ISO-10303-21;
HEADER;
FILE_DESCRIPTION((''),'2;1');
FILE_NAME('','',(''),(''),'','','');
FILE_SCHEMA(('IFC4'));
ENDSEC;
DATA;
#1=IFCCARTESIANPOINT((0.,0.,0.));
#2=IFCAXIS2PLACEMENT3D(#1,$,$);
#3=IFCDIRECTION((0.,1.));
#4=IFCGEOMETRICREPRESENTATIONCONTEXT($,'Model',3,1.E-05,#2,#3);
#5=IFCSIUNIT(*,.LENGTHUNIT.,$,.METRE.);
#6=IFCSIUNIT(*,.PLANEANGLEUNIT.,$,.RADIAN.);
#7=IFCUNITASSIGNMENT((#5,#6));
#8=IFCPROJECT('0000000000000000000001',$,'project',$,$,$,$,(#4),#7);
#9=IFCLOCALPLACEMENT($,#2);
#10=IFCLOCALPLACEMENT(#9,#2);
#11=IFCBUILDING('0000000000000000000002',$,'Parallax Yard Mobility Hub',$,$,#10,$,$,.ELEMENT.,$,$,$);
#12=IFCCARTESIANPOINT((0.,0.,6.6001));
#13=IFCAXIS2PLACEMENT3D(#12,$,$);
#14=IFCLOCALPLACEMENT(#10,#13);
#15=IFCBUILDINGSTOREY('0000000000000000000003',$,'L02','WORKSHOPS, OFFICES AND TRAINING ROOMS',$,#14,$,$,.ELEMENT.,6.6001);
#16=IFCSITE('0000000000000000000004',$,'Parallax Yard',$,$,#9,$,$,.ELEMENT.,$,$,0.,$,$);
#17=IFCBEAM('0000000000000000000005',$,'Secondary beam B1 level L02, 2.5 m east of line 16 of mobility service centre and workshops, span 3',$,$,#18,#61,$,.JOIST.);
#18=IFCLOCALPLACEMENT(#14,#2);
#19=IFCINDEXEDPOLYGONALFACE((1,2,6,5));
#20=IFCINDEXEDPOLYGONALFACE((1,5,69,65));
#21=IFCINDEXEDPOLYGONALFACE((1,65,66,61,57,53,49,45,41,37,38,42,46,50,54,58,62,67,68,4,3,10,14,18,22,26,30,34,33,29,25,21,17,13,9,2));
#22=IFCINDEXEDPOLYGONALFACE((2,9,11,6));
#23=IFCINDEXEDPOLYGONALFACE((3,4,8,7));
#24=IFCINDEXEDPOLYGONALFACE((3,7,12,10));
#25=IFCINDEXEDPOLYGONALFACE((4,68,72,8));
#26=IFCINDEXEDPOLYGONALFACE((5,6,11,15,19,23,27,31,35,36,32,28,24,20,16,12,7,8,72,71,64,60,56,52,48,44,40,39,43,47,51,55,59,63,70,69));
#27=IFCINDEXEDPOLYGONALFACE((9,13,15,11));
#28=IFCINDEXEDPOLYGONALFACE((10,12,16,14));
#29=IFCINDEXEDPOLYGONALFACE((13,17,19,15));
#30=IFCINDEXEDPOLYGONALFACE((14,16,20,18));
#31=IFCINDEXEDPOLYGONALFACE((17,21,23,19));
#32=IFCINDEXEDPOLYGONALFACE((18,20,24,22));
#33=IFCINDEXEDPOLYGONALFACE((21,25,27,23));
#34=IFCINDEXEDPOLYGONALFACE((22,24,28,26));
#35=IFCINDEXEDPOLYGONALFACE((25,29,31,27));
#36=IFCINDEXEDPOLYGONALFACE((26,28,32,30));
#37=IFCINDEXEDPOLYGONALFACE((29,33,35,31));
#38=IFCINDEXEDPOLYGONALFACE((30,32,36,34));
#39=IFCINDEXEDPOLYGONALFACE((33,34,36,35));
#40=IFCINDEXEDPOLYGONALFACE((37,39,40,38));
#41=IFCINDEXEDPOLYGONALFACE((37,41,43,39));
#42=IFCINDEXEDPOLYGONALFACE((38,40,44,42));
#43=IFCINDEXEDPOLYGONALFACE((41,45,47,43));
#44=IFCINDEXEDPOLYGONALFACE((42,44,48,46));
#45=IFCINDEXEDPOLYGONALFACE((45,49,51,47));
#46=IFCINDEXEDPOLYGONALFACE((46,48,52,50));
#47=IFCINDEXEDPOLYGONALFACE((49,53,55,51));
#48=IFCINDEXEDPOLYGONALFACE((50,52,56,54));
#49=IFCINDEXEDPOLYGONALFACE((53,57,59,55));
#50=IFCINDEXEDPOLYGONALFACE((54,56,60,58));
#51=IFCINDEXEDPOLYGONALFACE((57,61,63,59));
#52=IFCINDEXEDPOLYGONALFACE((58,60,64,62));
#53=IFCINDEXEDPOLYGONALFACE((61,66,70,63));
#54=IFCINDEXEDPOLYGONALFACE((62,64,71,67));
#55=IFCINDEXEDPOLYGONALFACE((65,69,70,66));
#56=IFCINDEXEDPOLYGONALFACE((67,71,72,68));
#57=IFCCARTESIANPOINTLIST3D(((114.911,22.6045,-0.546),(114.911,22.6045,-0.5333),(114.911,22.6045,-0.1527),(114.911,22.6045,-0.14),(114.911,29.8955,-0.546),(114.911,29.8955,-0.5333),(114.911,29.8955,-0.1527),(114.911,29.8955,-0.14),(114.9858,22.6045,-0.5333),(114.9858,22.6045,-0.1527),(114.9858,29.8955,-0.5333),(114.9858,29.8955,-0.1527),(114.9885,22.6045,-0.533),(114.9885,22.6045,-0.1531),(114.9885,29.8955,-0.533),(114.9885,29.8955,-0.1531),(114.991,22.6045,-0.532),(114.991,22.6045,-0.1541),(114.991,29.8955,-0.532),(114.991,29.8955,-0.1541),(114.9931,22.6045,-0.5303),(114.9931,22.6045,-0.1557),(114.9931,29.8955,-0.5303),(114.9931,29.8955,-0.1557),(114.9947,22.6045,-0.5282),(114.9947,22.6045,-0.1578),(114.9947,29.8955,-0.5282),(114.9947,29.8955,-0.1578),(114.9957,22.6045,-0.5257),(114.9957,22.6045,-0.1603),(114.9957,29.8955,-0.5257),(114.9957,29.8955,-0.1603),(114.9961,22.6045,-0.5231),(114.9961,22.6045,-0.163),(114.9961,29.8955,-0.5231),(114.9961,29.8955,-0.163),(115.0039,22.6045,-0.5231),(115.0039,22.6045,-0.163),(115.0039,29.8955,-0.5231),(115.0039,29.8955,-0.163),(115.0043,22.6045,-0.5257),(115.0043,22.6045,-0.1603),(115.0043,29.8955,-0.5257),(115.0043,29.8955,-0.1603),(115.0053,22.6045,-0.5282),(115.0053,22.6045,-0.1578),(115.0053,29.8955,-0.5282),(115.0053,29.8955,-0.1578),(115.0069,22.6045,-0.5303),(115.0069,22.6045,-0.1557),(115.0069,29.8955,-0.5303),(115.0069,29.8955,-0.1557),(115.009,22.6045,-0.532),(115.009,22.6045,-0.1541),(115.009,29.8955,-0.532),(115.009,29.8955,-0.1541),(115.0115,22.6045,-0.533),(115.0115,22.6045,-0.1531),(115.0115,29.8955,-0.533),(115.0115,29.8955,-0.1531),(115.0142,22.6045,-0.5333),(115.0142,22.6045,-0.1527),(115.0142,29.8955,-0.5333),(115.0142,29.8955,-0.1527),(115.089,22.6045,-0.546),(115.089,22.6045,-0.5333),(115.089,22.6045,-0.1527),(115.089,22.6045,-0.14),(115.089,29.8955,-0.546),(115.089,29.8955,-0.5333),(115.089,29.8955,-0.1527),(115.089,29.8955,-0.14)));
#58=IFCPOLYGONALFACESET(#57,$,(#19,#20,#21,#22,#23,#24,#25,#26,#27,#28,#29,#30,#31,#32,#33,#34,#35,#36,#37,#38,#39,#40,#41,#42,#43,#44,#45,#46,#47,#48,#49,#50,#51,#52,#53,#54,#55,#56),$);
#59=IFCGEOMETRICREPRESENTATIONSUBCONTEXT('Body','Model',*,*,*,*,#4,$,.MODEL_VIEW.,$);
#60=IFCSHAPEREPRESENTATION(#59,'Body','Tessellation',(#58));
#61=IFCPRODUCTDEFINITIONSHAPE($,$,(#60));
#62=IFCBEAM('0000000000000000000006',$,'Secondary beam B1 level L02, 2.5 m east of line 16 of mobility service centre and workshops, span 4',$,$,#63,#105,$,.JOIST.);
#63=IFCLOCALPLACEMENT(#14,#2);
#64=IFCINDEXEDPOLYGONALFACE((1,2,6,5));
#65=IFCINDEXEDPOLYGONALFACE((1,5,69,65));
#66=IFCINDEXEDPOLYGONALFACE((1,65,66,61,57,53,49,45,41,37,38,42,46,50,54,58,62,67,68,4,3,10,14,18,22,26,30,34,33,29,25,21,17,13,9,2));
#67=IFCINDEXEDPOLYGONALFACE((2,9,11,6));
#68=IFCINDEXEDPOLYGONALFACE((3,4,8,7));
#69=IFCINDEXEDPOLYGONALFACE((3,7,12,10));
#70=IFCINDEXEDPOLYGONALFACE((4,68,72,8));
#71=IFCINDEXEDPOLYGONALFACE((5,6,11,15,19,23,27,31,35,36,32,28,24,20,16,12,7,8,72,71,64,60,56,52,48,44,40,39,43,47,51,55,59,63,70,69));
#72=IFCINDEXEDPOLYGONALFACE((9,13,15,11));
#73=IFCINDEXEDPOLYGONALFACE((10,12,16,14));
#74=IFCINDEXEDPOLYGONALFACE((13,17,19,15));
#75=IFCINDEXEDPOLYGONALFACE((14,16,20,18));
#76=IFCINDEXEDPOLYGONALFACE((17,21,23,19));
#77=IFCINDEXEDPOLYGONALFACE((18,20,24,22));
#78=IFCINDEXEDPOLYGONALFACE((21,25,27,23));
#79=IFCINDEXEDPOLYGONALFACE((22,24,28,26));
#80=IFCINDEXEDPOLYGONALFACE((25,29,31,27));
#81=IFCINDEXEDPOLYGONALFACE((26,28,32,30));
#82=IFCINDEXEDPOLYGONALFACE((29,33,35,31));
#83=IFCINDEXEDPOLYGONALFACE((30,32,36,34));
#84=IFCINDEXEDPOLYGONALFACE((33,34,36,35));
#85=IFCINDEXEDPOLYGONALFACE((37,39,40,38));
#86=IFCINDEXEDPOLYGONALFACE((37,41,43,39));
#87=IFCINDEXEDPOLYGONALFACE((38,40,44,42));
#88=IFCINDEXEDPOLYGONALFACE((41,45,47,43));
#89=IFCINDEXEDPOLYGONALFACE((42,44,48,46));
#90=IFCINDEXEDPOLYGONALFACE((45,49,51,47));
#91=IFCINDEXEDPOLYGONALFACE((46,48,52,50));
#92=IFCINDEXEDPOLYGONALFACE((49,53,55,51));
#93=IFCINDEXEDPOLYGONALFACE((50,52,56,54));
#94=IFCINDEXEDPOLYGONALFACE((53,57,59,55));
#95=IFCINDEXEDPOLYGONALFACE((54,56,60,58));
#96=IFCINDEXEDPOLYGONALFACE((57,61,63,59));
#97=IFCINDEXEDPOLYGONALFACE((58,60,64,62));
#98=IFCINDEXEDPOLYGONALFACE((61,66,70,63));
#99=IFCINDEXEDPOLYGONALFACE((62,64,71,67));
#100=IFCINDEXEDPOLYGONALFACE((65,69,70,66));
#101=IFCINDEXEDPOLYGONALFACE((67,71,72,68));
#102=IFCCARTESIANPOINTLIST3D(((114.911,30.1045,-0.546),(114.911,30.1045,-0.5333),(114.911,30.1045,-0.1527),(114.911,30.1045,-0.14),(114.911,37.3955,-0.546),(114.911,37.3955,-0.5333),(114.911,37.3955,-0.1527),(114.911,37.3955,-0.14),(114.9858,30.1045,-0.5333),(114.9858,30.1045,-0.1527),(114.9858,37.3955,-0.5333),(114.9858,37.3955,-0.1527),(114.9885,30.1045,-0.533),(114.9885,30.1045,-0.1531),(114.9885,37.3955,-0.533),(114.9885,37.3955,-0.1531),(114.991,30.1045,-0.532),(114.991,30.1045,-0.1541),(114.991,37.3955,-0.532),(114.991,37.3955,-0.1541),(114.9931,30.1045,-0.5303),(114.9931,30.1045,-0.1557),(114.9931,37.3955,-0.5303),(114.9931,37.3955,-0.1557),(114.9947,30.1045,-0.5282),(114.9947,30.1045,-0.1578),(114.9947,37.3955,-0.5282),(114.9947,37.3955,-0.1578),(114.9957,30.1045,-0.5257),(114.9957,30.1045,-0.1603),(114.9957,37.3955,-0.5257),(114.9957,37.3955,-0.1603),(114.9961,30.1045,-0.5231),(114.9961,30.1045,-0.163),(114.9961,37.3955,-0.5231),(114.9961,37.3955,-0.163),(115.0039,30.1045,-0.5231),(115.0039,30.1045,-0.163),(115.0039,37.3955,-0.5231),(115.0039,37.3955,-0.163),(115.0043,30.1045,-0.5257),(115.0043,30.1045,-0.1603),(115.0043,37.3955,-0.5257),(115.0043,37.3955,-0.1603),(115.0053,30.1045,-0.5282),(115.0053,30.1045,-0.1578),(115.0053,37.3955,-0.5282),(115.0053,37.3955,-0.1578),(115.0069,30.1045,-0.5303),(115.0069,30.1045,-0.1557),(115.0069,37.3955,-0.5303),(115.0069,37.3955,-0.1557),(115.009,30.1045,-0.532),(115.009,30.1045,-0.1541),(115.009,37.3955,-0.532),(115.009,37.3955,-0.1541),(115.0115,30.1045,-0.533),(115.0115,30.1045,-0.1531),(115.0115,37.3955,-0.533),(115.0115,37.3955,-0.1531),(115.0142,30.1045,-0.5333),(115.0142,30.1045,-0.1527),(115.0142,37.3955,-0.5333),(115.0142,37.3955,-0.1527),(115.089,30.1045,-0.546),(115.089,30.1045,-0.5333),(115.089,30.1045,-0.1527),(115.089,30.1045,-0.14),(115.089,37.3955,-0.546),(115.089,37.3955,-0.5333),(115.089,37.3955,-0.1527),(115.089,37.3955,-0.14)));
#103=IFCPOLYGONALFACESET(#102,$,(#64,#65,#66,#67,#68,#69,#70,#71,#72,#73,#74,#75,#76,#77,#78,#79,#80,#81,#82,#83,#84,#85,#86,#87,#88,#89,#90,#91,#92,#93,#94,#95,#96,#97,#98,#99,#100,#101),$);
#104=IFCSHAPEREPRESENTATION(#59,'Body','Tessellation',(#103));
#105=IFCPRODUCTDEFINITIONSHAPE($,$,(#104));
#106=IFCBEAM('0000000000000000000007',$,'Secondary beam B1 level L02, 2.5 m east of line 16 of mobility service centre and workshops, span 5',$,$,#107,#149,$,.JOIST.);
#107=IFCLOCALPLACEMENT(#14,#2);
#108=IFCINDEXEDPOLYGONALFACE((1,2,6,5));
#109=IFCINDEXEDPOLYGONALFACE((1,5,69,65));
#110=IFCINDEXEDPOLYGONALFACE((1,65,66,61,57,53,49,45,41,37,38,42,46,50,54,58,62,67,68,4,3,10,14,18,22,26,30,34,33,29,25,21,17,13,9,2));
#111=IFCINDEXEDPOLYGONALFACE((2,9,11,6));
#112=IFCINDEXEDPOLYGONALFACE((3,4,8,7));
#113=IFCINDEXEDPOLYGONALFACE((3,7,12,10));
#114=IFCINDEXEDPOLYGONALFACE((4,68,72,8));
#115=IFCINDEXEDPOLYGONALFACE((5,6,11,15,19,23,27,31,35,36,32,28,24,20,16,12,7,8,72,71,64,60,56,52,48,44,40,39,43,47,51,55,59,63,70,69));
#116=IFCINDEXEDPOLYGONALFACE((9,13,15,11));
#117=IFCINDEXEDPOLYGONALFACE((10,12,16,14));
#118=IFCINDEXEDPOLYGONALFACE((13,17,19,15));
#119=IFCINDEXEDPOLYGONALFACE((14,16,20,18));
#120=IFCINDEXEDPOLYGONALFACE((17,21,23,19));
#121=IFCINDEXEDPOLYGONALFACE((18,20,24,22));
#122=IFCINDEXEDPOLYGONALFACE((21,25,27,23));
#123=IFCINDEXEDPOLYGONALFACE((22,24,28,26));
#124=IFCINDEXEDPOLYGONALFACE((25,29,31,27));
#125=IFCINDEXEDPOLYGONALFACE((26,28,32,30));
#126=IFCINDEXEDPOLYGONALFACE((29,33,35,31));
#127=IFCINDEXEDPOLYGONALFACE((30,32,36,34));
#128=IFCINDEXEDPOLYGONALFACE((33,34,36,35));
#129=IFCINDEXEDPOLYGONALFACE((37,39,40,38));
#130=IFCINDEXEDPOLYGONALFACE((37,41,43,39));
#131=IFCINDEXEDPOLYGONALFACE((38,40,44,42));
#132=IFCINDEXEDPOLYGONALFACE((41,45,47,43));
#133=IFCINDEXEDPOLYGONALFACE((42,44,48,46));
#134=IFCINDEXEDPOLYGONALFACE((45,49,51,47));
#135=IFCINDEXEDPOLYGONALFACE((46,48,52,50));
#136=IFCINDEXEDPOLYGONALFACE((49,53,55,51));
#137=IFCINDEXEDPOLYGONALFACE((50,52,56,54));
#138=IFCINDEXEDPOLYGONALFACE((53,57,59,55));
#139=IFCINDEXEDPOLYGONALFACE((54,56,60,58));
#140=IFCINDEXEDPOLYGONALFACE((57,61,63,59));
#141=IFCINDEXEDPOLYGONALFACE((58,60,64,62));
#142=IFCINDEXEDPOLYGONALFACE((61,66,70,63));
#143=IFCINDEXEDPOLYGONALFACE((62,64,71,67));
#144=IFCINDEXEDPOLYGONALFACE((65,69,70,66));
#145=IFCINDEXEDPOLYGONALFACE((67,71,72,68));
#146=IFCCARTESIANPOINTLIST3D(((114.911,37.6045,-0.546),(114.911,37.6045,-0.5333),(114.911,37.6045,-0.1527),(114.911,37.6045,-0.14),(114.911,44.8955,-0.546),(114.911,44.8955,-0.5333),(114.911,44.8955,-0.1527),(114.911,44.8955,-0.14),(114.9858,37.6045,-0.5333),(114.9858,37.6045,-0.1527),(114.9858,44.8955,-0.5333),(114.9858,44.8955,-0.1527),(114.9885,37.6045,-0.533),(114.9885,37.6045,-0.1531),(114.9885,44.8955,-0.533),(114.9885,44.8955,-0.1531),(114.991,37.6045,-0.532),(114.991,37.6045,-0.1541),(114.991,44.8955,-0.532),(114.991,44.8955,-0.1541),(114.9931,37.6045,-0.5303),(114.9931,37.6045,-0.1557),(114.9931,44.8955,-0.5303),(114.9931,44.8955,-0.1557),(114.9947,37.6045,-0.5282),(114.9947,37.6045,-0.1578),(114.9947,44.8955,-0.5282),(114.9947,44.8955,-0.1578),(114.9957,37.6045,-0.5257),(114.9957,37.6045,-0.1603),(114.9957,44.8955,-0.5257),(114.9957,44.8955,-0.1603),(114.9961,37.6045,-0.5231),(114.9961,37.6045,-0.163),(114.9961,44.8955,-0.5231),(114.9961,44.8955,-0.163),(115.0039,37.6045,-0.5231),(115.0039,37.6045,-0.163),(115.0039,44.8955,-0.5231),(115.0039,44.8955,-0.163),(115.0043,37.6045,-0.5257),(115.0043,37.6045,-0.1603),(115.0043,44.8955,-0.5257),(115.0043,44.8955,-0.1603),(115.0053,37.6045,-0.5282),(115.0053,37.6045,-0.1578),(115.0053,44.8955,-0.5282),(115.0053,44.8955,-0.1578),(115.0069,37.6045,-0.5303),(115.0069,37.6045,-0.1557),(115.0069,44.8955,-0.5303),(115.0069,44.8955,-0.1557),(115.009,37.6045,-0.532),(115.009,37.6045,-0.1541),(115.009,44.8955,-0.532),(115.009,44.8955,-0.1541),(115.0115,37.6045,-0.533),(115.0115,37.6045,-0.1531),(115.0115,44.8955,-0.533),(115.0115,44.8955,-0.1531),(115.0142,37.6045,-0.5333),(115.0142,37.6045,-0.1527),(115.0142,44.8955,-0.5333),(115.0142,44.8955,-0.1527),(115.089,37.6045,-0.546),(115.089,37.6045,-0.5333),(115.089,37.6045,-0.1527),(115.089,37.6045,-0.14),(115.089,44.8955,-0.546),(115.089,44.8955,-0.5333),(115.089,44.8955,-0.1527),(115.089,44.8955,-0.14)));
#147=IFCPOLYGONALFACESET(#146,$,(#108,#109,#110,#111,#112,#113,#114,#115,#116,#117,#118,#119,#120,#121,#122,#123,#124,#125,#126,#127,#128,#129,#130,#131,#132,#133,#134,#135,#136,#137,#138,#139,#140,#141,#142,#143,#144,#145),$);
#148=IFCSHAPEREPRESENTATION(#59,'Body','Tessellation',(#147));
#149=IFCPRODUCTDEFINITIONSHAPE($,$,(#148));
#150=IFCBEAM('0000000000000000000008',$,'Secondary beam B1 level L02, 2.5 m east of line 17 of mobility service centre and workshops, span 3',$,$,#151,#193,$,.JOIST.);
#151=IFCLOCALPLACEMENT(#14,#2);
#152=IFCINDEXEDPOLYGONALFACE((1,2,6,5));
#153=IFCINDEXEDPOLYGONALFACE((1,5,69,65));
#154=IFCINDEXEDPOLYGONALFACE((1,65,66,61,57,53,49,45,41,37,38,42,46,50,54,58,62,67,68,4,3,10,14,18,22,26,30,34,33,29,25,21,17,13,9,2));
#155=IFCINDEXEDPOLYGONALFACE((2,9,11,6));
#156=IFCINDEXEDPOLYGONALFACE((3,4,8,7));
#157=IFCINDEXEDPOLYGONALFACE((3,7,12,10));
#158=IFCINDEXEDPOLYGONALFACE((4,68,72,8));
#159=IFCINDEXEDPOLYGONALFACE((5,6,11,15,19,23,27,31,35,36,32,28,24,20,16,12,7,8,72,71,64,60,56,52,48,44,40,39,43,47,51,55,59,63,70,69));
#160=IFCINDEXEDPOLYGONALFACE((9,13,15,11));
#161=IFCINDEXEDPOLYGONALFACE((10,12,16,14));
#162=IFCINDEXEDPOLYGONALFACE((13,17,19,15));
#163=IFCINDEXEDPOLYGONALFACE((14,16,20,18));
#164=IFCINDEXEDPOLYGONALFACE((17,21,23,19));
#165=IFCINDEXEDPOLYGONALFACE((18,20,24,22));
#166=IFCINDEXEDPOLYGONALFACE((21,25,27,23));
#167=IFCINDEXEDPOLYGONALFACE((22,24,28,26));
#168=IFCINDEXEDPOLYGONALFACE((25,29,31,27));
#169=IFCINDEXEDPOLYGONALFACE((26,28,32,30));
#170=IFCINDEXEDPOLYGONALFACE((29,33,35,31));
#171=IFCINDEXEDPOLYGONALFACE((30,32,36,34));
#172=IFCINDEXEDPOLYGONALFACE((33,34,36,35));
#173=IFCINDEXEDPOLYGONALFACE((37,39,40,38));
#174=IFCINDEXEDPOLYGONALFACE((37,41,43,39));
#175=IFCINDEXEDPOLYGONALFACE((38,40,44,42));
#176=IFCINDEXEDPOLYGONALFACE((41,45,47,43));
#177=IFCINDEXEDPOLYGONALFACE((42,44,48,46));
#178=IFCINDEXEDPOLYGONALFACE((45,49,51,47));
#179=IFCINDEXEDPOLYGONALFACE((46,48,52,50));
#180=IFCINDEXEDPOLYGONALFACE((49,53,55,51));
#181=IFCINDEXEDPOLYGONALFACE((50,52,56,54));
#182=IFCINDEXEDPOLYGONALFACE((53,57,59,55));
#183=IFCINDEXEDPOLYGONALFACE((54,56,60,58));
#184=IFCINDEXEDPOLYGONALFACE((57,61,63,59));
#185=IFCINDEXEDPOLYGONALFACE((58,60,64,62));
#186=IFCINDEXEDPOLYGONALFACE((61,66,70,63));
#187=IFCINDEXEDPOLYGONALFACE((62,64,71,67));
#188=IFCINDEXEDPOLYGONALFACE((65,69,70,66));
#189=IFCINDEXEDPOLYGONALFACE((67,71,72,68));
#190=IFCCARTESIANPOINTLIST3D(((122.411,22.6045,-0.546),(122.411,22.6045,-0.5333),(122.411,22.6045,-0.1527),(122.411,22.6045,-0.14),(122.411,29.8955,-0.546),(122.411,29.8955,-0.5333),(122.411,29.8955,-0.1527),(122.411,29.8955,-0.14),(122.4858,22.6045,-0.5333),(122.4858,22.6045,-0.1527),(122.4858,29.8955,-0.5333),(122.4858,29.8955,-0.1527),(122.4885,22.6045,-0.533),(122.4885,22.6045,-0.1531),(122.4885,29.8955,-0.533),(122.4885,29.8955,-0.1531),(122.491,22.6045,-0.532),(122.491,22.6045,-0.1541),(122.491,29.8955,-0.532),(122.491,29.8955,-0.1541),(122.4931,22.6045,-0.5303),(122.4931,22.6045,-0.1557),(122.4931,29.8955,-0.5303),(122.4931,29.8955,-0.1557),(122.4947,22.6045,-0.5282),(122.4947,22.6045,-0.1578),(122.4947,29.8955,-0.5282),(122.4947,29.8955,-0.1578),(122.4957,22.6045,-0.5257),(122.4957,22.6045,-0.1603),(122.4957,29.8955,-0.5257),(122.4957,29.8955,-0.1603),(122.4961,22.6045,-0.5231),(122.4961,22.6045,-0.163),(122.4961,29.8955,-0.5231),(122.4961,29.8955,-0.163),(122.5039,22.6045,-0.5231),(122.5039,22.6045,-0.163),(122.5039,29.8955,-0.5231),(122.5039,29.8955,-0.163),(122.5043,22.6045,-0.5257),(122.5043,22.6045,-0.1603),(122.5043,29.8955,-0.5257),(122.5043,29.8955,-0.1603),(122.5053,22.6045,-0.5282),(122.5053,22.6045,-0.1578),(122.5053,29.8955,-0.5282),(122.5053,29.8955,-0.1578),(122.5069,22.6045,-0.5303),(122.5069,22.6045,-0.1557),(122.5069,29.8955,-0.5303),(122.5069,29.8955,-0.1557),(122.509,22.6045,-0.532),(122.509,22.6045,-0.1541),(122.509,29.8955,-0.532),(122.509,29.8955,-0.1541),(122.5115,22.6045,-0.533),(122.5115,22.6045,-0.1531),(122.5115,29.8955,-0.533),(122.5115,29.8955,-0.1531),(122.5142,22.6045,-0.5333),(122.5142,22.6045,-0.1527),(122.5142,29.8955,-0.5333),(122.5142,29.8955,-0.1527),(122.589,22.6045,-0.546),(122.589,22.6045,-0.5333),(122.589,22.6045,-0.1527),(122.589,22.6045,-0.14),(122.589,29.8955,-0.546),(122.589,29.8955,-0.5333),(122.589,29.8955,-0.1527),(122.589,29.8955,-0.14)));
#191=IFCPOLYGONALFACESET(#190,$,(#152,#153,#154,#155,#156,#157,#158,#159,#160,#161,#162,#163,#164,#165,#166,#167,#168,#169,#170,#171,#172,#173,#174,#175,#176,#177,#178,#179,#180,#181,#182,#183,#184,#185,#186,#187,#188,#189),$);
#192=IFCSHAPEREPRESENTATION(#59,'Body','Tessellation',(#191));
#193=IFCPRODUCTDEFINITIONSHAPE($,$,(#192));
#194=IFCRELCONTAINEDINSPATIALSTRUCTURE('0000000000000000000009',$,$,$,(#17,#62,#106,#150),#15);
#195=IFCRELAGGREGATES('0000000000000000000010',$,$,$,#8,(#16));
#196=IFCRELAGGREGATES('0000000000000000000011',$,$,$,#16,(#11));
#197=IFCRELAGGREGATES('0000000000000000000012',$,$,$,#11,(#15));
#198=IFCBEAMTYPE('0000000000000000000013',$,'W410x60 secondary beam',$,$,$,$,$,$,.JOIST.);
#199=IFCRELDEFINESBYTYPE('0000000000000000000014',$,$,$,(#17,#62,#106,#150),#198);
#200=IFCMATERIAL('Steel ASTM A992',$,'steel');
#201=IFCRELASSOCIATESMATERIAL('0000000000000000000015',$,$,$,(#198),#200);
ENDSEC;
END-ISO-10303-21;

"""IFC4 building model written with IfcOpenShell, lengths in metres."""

from ifc_helpers import new_model, si_unit, direction, frame, origin, origin_2d, place, context, subcontext, project, spatial, i_section, extrude, material, material_profile, profile_set, type_object, element, save


model = new_model("IFC4")

# Units and contexts
model_context = context("Model", 3, precision=1e-05, world=origin(), true_north=direction((0.0, 1.0)))
body_context = subcontext(model_context, "Body", "Model", "MODEL_VIEW")
ifc_project = project(units=[si_unit("LENGTHUNIT", "METRE"), si_unit("PLANEANGLEUNIT", "RADIAN")], contexts=[model_context])

# Site, building, storey
site_placement = place(None, origin())
site = spatial("IfcSite", under=ifc_project, at=site_placement, Name="Parallax Yard", CompositionType="ELEMENT", RefElevation=0.0)
building_placement = place(site_placement, origin())
building = spatial("IfcBuilding", under=site, at=building_placement, Name="Parallax Yard Mobility Hub", CompositionType="ELEMENT")
storey_placement = place(building_placement, frame((0.0, 0.0, 6.6001)))
storey = spatial("IfcBuildingStorey", under=building, at=storey_placement, Name="L02", Description="WORKSHOPS, OFFICES AND TRAINING ROOMS", CompositionType="ELEMENT", Elevation=6.6001)

# Shared definitions
ifc_material_1 = material(Name="Steel ASTM A992", Category="steel")

# Beams
ifc_material_profile_1 = material_profile(ifc_material_1, i_section(OverallWidth=0.178, OverallDepth=0.406, WebThickness=0.0078, FlangeThickness=0.0127, FilletRadius=0.0103, at=origin_2d()), Name="W410x60")
ifc_profile_set_1 = profile_set([ifc_material_profile_1], Name="Steel ASTM A992")
beam_type_1 = type_object("IfcBeamType", Name="W410x60 secondary beam", PredefinedType="JOIST", material=ifc_profile_set_1)
for number, where, z_axis, x_axis, name in (
    (1, (115.0, 22.6045, -0.343), (0.0, 1.0, 0.0), (-1.0, 0.0, 0.0), "Secondary beam B1 level L02, 2.5 m east of line 16 of mobility service centre and workshops, span 3"),
    (2, (115.0, 30.1045, -0.343), (0.0, 1.0, 0.0), (-1.0, 0.0, 0.0), "Secondary beam B1 level L02, 2.5 m east of line 16 of mobility service centre and workshops, span 4"),
    (3, (115.0, 37.6045, -0.343), (0.0, 1.0, 0.0), (-1.0, 0.0, 0.0), "Secondary beam B1 level L02, 2.5 m east of line 16 of mobility service centre and workshops, span 5"),
    (4, (122.5, 22.6045, -0.343), (0.0, 1.0, 0.0), (-1.0, 0.0, 0.0), "Secondary beam B1 level L02, 2.5 m east of line 17 of mobility service centre and workshops, span 3"),
):
    element("IfcBeam", number, at=place(storey_placement, frame(where, z_axis=z_axis, x_axis=x_axis)), inside=storey, type_object=beam_type_1, Name=name, PredefinedType="JOIST", context=body_context, shape_type="SweptSolid", body=[
        extrude(i_section(OverallWidth=0.178, OverallDepth=0.406, WebThickness=0.0078, FlangeThickness=0.0127, FilletRadius=0.0103, at=origin_2d()), origin(), (0.0, 0.0, 1.0), 7.291),
    ])

save(model, "model.ifc")
